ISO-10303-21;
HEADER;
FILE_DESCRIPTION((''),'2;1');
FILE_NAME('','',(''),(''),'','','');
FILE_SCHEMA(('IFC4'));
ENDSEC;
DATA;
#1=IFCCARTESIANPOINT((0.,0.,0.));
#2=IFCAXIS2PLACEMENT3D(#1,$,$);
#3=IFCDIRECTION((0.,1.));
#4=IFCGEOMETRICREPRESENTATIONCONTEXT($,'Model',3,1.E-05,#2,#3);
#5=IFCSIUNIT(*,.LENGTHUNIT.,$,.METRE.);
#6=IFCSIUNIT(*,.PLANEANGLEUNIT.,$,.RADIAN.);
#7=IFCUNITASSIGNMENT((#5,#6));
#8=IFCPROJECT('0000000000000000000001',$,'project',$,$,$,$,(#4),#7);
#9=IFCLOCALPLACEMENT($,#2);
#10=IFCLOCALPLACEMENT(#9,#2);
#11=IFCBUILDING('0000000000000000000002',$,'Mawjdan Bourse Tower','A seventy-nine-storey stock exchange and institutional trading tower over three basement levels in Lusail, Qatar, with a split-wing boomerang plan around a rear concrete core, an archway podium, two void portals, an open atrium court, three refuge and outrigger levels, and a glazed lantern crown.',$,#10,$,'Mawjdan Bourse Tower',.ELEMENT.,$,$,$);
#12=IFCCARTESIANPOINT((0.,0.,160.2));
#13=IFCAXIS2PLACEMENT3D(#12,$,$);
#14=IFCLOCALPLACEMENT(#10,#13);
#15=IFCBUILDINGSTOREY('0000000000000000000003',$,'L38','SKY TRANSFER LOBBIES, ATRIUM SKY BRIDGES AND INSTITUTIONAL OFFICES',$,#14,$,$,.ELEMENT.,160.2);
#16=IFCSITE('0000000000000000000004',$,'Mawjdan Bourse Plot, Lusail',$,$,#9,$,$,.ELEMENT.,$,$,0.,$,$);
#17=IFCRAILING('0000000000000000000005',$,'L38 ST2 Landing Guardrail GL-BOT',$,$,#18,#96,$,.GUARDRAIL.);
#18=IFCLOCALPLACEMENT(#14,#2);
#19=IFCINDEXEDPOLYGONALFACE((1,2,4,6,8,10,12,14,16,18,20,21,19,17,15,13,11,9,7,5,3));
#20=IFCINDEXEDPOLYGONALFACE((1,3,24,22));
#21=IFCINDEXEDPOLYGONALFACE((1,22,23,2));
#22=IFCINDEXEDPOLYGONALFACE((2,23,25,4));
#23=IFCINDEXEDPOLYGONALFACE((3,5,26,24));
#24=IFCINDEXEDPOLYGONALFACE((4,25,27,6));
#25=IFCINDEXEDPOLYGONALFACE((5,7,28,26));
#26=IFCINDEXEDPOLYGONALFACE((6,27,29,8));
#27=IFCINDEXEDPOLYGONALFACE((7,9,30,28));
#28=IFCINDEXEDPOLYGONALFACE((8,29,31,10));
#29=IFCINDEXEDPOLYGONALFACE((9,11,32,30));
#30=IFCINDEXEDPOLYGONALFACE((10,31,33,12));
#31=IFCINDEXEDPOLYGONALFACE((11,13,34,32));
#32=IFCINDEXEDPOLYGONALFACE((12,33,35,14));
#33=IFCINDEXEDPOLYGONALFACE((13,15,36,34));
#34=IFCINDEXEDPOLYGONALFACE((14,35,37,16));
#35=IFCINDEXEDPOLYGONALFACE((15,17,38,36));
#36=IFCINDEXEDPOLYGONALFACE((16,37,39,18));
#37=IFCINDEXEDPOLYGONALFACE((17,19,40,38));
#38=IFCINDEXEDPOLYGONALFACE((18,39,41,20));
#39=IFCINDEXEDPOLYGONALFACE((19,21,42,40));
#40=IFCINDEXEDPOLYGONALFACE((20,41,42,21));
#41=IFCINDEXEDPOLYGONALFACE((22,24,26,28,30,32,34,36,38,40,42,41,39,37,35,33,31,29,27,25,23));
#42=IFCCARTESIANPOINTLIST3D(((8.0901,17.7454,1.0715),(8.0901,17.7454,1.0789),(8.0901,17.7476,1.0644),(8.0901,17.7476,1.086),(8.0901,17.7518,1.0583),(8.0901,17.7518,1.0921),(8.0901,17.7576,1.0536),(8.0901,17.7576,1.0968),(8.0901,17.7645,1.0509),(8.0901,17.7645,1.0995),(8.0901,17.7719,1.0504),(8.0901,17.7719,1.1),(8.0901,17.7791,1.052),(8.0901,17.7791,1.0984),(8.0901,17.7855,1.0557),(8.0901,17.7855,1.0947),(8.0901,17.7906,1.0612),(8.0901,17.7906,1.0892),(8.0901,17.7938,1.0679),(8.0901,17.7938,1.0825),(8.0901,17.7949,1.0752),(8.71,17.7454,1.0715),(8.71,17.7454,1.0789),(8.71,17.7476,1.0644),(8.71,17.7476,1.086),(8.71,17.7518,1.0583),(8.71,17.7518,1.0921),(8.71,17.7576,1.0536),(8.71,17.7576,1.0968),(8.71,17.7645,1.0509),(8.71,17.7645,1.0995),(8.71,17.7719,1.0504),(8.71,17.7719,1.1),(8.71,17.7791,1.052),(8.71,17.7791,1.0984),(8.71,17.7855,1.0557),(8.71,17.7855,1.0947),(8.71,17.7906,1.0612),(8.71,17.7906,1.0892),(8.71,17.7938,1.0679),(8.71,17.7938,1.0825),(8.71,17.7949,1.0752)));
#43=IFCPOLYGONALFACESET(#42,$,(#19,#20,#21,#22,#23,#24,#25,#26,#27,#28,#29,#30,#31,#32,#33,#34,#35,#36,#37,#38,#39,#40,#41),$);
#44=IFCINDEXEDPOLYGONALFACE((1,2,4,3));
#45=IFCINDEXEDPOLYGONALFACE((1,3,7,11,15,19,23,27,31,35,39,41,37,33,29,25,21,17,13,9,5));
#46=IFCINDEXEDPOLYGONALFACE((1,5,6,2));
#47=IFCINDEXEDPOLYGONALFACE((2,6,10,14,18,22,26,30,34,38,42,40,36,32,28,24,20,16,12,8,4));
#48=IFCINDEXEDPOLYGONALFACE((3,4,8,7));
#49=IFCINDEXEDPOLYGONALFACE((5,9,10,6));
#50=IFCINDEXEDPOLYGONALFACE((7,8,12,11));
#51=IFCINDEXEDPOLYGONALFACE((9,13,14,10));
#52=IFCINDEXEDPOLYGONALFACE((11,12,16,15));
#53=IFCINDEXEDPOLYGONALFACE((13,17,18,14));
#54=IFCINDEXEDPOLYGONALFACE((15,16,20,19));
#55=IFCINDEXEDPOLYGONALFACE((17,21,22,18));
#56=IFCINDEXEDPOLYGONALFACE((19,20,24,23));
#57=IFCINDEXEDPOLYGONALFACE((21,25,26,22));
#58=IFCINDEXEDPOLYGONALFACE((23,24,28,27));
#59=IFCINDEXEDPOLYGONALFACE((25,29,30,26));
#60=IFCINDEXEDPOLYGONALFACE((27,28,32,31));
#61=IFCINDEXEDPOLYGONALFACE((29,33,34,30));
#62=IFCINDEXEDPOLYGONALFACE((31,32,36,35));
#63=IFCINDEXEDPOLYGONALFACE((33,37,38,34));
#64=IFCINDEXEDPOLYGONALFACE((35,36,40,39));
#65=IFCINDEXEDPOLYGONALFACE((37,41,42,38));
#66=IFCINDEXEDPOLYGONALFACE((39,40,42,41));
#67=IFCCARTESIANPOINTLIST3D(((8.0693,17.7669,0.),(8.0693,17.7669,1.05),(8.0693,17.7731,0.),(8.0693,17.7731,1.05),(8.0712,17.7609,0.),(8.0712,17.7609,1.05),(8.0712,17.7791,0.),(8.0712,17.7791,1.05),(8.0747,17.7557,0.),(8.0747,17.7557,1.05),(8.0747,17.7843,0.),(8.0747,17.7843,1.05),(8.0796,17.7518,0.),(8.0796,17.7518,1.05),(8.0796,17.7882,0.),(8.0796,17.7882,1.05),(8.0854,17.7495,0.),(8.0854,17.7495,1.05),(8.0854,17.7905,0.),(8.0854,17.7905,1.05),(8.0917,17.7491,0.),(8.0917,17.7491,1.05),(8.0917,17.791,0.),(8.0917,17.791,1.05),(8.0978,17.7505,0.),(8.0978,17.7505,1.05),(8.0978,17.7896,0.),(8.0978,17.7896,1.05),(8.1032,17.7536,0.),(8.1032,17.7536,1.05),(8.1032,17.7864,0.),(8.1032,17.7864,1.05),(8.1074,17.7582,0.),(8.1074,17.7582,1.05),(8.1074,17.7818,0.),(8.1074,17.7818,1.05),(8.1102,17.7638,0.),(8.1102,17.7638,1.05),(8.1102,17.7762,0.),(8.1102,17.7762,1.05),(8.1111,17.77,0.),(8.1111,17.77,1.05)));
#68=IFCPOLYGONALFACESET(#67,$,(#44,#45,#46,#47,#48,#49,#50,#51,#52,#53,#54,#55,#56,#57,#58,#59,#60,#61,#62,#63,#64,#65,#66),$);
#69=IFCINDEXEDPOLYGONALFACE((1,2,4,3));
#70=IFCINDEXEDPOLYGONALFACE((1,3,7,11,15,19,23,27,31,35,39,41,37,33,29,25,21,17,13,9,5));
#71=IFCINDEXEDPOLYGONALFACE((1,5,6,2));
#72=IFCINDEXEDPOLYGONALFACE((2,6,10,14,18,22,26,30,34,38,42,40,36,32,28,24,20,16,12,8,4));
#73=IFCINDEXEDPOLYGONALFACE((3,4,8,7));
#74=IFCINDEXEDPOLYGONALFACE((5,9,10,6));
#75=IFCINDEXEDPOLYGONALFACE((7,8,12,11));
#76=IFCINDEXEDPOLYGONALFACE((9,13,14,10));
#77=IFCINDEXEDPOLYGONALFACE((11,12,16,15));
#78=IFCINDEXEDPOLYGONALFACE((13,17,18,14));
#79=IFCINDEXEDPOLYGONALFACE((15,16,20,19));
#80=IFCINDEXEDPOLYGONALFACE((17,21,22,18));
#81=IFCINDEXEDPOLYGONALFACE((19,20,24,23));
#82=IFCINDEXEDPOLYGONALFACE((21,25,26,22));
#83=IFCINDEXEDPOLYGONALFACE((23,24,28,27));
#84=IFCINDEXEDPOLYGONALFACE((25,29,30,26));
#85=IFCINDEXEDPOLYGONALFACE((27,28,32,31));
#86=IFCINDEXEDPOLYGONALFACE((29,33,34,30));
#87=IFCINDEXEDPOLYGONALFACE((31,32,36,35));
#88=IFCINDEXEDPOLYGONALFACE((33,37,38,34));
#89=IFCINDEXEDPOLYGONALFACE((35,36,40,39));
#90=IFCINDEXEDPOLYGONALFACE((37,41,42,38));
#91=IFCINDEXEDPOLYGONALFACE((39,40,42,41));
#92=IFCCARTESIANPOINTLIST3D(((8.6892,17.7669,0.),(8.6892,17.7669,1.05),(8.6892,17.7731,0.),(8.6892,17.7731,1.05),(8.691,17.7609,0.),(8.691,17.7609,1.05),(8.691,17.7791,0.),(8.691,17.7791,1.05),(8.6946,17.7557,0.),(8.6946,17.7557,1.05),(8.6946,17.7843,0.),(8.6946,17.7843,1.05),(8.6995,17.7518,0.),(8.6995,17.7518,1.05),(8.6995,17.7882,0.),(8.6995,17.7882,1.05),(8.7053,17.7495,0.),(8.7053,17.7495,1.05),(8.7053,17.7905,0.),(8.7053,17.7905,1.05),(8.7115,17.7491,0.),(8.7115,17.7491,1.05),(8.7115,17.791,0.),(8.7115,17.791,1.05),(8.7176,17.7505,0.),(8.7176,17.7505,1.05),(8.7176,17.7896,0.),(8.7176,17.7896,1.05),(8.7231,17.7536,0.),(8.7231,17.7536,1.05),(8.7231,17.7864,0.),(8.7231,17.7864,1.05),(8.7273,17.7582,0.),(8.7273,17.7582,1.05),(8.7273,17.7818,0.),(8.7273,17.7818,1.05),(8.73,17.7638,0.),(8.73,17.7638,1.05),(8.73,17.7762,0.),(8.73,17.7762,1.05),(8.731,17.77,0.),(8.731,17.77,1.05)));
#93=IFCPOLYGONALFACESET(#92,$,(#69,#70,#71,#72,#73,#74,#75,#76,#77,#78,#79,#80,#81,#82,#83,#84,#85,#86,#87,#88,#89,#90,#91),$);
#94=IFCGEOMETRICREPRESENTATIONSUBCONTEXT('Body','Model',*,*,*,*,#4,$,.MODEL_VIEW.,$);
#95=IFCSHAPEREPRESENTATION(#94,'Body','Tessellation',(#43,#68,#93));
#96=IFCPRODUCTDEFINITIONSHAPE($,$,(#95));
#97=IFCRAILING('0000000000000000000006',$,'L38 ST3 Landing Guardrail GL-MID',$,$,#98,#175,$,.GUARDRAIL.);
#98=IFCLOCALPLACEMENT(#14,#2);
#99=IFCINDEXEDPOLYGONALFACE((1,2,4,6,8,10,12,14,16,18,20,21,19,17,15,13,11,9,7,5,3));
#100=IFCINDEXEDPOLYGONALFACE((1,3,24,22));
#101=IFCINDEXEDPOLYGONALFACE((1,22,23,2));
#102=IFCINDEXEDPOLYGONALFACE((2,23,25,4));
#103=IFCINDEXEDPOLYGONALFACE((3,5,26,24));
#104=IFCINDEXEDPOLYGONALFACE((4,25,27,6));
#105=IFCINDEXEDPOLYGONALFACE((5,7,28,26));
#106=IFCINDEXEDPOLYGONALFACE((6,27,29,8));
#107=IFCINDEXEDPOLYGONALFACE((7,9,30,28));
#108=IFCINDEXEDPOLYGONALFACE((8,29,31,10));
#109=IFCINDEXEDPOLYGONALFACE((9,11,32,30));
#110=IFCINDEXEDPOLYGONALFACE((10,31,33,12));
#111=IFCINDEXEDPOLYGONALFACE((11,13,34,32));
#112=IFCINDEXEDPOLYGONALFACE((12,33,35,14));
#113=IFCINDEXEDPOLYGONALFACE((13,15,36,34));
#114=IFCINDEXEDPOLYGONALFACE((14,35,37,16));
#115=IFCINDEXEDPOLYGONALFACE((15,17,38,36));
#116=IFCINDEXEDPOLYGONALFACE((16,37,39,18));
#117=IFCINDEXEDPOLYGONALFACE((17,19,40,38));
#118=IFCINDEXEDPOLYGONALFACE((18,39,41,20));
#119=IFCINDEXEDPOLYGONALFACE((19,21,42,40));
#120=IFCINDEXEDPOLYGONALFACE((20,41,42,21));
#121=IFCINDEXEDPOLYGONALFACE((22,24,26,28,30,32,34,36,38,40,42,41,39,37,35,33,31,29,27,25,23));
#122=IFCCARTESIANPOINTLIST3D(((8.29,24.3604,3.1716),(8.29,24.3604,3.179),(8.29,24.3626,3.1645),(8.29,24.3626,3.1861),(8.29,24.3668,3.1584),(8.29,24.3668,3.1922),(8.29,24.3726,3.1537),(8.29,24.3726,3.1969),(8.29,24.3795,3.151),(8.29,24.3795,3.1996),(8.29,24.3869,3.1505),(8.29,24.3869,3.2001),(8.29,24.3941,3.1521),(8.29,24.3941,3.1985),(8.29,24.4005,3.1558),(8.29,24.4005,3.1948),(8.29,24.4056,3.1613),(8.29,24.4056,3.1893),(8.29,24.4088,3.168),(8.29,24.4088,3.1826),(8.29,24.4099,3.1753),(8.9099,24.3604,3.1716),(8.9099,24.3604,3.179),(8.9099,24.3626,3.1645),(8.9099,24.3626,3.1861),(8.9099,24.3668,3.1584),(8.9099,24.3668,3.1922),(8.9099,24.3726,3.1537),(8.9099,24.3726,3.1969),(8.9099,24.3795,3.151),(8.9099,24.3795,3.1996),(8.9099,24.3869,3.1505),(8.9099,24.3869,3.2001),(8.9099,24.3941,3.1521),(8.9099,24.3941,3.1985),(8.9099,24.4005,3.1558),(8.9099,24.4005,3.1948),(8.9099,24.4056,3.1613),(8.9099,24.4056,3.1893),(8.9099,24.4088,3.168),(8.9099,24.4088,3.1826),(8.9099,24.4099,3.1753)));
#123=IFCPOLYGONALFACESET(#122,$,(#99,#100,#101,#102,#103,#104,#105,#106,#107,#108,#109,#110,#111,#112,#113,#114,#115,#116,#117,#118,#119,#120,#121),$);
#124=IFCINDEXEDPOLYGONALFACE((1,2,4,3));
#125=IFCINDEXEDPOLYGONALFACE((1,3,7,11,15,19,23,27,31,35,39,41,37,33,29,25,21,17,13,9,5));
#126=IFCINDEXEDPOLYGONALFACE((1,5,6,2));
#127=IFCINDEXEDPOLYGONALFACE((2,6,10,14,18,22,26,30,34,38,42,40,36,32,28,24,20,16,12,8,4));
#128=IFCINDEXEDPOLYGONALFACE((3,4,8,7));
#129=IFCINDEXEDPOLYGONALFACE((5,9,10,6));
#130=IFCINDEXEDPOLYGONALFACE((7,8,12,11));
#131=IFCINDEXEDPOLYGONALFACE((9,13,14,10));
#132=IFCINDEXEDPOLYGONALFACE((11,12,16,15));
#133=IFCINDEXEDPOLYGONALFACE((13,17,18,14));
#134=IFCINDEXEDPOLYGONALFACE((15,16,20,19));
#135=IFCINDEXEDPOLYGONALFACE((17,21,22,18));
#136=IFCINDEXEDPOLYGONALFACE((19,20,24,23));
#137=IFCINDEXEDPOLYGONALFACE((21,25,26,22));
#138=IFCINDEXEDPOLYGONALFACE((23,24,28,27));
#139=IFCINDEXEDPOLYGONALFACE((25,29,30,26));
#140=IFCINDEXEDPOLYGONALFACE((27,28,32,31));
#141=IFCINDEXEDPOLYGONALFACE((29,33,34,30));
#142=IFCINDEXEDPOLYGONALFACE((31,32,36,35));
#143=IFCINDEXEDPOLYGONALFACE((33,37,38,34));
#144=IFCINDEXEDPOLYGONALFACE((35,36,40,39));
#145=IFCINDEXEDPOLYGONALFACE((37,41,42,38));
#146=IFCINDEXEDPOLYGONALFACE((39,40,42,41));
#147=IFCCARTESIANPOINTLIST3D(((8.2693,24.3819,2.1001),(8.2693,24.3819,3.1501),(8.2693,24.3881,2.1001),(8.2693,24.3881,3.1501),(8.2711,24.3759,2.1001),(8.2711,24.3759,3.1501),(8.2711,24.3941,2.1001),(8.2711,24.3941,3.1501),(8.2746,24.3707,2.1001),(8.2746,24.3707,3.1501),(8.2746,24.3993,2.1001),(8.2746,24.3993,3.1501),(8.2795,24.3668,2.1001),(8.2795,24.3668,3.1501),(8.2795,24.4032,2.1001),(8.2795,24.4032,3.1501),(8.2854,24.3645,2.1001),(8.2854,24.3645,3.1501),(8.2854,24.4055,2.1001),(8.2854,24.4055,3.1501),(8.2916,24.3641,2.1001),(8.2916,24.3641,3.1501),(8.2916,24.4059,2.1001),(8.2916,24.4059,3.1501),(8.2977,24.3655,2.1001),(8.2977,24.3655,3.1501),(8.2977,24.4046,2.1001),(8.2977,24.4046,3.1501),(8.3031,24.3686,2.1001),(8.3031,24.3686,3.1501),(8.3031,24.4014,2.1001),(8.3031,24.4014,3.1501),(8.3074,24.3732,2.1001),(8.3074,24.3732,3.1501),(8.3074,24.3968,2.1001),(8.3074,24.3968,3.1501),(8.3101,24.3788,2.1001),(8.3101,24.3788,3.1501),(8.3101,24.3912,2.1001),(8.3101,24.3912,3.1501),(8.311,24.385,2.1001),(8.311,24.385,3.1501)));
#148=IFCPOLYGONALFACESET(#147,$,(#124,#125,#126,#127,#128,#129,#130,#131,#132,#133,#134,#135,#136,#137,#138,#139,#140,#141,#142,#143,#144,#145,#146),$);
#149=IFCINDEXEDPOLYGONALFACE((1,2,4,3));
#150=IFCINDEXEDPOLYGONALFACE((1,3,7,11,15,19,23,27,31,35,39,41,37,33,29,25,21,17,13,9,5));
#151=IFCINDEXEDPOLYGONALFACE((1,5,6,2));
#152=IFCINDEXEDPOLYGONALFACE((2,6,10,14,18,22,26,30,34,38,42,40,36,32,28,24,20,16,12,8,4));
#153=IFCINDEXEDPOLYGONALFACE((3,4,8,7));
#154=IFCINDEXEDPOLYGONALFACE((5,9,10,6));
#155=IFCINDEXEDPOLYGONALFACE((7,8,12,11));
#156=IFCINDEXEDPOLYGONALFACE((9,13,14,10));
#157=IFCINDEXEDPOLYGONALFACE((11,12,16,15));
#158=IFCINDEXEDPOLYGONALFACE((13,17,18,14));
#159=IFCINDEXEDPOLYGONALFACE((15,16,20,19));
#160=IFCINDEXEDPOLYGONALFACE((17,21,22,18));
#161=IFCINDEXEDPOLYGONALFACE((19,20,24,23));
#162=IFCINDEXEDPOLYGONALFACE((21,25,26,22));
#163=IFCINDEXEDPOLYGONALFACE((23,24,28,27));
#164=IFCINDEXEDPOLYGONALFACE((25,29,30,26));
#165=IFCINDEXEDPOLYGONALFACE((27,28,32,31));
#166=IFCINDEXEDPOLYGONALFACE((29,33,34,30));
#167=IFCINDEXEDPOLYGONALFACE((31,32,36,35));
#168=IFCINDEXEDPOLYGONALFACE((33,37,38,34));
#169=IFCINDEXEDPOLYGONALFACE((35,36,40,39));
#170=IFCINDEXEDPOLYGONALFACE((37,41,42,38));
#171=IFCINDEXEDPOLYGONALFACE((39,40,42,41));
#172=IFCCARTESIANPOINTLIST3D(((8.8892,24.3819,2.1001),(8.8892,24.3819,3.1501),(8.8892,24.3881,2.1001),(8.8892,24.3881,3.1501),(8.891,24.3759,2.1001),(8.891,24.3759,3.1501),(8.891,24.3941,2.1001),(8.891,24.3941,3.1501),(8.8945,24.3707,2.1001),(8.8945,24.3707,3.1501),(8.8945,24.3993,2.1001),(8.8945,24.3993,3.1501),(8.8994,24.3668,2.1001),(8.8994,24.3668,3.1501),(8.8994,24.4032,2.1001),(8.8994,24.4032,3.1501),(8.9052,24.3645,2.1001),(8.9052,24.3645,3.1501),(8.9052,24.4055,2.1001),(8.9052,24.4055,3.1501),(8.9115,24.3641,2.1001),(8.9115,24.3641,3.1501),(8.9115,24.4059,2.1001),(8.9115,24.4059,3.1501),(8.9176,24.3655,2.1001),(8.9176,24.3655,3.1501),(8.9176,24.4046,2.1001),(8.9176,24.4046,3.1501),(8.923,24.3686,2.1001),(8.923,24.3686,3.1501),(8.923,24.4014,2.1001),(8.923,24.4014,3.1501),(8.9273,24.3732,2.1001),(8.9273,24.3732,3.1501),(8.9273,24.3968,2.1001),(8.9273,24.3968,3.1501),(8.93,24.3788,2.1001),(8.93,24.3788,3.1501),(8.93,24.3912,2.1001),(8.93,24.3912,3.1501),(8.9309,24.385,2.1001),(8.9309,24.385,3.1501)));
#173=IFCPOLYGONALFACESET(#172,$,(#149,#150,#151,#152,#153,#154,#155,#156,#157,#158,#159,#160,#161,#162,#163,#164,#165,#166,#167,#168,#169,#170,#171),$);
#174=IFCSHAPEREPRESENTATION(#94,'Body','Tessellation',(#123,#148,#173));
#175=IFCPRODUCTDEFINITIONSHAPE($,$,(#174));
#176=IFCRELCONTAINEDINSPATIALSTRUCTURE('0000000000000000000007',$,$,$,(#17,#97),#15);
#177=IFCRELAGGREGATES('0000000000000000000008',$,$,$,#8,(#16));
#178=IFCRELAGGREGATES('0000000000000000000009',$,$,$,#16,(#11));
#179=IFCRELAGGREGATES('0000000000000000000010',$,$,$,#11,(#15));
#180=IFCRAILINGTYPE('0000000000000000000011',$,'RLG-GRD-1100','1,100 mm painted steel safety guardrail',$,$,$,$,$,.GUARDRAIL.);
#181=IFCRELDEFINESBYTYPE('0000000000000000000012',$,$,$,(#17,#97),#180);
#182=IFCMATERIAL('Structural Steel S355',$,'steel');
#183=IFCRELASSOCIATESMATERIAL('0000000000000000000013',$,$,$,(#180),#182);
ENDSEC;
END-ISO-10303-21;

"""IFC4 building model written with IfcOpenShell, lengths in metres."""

from ifc_helpers import new_model, si_unit, direction, frame, origin, origin_2d, place, context, subcontext, project, spatial, circle, extrude, material, type_object, element, save


model = new_model("IFC4")

# Units and contexts
model_context = context("Model", 3, precision=1e-05, world=origin(), true_north=direction((0.0, 1.0)))
body_context = subcontext(model_context, "Body", "Model", "MODEL_VIEW")
ifc_project = project(units=[si_unit("LENGTHUNIT", "METRE"), si_unit("PLANEANGLEUNIT", "RADIAN")], contexts=[model_context])

# Site, building, storey
site_placement = place(None, origin())
site = spatial("IfcSite", under=ifc_project, at=site_placement, Name="Mawjdan Bourse Plot, Lusail", CompositionType="ELEMENT", RefElevation=0.0)
building_placement = place(site_placement, origin())
building = spatial("IfcBuilding", under=site, at=building_placement, Name="Mawjdan Bourse Tower", Description="A seventy-nine-storey stock exchange and institutional trading tower over three basement levels in Lusail, Qatar, with a split-wing boomerang plan around a rear concrete core, an archway podium, two void portals, an open atrium court, three refuge and outrigger levels, and a glazed lantern crown.", LongName="Mawjdan Bourse Tower", CompositionType="ELEMENT")
storey_placement = place(building_placement, frame((0.0, 0.0, 160.2)))
storey = spatial("IfcBuildingStorey", under=building, at=storey_placement, Name="L38", Description="SKY TRANSFER LOBBIES, ATRIUM SKY BRIDGES AND INSTITUTIONAL OFFICES", CompositionType="ELEMENT", Elevation=160.2)

# Shared definitions
ifc_material_1 = material(Name="Structural Steel S355", Category="steel")

# Railings
railing_type_1 = type_object("IfcRailingType", Name="RLG-GRD-1100", Description="1,100 mm painted steel safety guardrail", PredefinedType="GUARDRAIL", material=ifc_material_1)
for number, where, name in (
    (1, (8.0901, 17.77, 0.0), "L38 ST2 Landing Guardrail GL-BOT"),
    (2, (8.29, 24.385, 2.1001), "L38 ST3 Landing Guardrail GL-MID"),
):
    element("IfcRailing", number, at=place(storey_placement, frame(where)), inside=storey, type_object=railing_type_1, Name=name, PredefinedType="GUARDRAIL", context=body_context, shape_type="SweptSolid", body=[
        extrude(circle(Radius=0.0249, at=origin_2d()), frame((0.0, 0.0, 1.0752), z_axis=(1.0, 0.0, 0.0), x_axis=(0.0, 1.0, 0.0)), (0.0, 0.0, 1.0), 0.6199),
        extrude(circle(Radius=0.021, at=origin_2d()), origin(), (0.0, 0.0, 1.0), 1.05),
        extrude(circle(Radius=0.021, at=origin_2d()), frame((0.6199, 0.0, 0.0)), (0.0, 0.0, 1.0), 1.05),
    ])

save(model, "model.ifc")
